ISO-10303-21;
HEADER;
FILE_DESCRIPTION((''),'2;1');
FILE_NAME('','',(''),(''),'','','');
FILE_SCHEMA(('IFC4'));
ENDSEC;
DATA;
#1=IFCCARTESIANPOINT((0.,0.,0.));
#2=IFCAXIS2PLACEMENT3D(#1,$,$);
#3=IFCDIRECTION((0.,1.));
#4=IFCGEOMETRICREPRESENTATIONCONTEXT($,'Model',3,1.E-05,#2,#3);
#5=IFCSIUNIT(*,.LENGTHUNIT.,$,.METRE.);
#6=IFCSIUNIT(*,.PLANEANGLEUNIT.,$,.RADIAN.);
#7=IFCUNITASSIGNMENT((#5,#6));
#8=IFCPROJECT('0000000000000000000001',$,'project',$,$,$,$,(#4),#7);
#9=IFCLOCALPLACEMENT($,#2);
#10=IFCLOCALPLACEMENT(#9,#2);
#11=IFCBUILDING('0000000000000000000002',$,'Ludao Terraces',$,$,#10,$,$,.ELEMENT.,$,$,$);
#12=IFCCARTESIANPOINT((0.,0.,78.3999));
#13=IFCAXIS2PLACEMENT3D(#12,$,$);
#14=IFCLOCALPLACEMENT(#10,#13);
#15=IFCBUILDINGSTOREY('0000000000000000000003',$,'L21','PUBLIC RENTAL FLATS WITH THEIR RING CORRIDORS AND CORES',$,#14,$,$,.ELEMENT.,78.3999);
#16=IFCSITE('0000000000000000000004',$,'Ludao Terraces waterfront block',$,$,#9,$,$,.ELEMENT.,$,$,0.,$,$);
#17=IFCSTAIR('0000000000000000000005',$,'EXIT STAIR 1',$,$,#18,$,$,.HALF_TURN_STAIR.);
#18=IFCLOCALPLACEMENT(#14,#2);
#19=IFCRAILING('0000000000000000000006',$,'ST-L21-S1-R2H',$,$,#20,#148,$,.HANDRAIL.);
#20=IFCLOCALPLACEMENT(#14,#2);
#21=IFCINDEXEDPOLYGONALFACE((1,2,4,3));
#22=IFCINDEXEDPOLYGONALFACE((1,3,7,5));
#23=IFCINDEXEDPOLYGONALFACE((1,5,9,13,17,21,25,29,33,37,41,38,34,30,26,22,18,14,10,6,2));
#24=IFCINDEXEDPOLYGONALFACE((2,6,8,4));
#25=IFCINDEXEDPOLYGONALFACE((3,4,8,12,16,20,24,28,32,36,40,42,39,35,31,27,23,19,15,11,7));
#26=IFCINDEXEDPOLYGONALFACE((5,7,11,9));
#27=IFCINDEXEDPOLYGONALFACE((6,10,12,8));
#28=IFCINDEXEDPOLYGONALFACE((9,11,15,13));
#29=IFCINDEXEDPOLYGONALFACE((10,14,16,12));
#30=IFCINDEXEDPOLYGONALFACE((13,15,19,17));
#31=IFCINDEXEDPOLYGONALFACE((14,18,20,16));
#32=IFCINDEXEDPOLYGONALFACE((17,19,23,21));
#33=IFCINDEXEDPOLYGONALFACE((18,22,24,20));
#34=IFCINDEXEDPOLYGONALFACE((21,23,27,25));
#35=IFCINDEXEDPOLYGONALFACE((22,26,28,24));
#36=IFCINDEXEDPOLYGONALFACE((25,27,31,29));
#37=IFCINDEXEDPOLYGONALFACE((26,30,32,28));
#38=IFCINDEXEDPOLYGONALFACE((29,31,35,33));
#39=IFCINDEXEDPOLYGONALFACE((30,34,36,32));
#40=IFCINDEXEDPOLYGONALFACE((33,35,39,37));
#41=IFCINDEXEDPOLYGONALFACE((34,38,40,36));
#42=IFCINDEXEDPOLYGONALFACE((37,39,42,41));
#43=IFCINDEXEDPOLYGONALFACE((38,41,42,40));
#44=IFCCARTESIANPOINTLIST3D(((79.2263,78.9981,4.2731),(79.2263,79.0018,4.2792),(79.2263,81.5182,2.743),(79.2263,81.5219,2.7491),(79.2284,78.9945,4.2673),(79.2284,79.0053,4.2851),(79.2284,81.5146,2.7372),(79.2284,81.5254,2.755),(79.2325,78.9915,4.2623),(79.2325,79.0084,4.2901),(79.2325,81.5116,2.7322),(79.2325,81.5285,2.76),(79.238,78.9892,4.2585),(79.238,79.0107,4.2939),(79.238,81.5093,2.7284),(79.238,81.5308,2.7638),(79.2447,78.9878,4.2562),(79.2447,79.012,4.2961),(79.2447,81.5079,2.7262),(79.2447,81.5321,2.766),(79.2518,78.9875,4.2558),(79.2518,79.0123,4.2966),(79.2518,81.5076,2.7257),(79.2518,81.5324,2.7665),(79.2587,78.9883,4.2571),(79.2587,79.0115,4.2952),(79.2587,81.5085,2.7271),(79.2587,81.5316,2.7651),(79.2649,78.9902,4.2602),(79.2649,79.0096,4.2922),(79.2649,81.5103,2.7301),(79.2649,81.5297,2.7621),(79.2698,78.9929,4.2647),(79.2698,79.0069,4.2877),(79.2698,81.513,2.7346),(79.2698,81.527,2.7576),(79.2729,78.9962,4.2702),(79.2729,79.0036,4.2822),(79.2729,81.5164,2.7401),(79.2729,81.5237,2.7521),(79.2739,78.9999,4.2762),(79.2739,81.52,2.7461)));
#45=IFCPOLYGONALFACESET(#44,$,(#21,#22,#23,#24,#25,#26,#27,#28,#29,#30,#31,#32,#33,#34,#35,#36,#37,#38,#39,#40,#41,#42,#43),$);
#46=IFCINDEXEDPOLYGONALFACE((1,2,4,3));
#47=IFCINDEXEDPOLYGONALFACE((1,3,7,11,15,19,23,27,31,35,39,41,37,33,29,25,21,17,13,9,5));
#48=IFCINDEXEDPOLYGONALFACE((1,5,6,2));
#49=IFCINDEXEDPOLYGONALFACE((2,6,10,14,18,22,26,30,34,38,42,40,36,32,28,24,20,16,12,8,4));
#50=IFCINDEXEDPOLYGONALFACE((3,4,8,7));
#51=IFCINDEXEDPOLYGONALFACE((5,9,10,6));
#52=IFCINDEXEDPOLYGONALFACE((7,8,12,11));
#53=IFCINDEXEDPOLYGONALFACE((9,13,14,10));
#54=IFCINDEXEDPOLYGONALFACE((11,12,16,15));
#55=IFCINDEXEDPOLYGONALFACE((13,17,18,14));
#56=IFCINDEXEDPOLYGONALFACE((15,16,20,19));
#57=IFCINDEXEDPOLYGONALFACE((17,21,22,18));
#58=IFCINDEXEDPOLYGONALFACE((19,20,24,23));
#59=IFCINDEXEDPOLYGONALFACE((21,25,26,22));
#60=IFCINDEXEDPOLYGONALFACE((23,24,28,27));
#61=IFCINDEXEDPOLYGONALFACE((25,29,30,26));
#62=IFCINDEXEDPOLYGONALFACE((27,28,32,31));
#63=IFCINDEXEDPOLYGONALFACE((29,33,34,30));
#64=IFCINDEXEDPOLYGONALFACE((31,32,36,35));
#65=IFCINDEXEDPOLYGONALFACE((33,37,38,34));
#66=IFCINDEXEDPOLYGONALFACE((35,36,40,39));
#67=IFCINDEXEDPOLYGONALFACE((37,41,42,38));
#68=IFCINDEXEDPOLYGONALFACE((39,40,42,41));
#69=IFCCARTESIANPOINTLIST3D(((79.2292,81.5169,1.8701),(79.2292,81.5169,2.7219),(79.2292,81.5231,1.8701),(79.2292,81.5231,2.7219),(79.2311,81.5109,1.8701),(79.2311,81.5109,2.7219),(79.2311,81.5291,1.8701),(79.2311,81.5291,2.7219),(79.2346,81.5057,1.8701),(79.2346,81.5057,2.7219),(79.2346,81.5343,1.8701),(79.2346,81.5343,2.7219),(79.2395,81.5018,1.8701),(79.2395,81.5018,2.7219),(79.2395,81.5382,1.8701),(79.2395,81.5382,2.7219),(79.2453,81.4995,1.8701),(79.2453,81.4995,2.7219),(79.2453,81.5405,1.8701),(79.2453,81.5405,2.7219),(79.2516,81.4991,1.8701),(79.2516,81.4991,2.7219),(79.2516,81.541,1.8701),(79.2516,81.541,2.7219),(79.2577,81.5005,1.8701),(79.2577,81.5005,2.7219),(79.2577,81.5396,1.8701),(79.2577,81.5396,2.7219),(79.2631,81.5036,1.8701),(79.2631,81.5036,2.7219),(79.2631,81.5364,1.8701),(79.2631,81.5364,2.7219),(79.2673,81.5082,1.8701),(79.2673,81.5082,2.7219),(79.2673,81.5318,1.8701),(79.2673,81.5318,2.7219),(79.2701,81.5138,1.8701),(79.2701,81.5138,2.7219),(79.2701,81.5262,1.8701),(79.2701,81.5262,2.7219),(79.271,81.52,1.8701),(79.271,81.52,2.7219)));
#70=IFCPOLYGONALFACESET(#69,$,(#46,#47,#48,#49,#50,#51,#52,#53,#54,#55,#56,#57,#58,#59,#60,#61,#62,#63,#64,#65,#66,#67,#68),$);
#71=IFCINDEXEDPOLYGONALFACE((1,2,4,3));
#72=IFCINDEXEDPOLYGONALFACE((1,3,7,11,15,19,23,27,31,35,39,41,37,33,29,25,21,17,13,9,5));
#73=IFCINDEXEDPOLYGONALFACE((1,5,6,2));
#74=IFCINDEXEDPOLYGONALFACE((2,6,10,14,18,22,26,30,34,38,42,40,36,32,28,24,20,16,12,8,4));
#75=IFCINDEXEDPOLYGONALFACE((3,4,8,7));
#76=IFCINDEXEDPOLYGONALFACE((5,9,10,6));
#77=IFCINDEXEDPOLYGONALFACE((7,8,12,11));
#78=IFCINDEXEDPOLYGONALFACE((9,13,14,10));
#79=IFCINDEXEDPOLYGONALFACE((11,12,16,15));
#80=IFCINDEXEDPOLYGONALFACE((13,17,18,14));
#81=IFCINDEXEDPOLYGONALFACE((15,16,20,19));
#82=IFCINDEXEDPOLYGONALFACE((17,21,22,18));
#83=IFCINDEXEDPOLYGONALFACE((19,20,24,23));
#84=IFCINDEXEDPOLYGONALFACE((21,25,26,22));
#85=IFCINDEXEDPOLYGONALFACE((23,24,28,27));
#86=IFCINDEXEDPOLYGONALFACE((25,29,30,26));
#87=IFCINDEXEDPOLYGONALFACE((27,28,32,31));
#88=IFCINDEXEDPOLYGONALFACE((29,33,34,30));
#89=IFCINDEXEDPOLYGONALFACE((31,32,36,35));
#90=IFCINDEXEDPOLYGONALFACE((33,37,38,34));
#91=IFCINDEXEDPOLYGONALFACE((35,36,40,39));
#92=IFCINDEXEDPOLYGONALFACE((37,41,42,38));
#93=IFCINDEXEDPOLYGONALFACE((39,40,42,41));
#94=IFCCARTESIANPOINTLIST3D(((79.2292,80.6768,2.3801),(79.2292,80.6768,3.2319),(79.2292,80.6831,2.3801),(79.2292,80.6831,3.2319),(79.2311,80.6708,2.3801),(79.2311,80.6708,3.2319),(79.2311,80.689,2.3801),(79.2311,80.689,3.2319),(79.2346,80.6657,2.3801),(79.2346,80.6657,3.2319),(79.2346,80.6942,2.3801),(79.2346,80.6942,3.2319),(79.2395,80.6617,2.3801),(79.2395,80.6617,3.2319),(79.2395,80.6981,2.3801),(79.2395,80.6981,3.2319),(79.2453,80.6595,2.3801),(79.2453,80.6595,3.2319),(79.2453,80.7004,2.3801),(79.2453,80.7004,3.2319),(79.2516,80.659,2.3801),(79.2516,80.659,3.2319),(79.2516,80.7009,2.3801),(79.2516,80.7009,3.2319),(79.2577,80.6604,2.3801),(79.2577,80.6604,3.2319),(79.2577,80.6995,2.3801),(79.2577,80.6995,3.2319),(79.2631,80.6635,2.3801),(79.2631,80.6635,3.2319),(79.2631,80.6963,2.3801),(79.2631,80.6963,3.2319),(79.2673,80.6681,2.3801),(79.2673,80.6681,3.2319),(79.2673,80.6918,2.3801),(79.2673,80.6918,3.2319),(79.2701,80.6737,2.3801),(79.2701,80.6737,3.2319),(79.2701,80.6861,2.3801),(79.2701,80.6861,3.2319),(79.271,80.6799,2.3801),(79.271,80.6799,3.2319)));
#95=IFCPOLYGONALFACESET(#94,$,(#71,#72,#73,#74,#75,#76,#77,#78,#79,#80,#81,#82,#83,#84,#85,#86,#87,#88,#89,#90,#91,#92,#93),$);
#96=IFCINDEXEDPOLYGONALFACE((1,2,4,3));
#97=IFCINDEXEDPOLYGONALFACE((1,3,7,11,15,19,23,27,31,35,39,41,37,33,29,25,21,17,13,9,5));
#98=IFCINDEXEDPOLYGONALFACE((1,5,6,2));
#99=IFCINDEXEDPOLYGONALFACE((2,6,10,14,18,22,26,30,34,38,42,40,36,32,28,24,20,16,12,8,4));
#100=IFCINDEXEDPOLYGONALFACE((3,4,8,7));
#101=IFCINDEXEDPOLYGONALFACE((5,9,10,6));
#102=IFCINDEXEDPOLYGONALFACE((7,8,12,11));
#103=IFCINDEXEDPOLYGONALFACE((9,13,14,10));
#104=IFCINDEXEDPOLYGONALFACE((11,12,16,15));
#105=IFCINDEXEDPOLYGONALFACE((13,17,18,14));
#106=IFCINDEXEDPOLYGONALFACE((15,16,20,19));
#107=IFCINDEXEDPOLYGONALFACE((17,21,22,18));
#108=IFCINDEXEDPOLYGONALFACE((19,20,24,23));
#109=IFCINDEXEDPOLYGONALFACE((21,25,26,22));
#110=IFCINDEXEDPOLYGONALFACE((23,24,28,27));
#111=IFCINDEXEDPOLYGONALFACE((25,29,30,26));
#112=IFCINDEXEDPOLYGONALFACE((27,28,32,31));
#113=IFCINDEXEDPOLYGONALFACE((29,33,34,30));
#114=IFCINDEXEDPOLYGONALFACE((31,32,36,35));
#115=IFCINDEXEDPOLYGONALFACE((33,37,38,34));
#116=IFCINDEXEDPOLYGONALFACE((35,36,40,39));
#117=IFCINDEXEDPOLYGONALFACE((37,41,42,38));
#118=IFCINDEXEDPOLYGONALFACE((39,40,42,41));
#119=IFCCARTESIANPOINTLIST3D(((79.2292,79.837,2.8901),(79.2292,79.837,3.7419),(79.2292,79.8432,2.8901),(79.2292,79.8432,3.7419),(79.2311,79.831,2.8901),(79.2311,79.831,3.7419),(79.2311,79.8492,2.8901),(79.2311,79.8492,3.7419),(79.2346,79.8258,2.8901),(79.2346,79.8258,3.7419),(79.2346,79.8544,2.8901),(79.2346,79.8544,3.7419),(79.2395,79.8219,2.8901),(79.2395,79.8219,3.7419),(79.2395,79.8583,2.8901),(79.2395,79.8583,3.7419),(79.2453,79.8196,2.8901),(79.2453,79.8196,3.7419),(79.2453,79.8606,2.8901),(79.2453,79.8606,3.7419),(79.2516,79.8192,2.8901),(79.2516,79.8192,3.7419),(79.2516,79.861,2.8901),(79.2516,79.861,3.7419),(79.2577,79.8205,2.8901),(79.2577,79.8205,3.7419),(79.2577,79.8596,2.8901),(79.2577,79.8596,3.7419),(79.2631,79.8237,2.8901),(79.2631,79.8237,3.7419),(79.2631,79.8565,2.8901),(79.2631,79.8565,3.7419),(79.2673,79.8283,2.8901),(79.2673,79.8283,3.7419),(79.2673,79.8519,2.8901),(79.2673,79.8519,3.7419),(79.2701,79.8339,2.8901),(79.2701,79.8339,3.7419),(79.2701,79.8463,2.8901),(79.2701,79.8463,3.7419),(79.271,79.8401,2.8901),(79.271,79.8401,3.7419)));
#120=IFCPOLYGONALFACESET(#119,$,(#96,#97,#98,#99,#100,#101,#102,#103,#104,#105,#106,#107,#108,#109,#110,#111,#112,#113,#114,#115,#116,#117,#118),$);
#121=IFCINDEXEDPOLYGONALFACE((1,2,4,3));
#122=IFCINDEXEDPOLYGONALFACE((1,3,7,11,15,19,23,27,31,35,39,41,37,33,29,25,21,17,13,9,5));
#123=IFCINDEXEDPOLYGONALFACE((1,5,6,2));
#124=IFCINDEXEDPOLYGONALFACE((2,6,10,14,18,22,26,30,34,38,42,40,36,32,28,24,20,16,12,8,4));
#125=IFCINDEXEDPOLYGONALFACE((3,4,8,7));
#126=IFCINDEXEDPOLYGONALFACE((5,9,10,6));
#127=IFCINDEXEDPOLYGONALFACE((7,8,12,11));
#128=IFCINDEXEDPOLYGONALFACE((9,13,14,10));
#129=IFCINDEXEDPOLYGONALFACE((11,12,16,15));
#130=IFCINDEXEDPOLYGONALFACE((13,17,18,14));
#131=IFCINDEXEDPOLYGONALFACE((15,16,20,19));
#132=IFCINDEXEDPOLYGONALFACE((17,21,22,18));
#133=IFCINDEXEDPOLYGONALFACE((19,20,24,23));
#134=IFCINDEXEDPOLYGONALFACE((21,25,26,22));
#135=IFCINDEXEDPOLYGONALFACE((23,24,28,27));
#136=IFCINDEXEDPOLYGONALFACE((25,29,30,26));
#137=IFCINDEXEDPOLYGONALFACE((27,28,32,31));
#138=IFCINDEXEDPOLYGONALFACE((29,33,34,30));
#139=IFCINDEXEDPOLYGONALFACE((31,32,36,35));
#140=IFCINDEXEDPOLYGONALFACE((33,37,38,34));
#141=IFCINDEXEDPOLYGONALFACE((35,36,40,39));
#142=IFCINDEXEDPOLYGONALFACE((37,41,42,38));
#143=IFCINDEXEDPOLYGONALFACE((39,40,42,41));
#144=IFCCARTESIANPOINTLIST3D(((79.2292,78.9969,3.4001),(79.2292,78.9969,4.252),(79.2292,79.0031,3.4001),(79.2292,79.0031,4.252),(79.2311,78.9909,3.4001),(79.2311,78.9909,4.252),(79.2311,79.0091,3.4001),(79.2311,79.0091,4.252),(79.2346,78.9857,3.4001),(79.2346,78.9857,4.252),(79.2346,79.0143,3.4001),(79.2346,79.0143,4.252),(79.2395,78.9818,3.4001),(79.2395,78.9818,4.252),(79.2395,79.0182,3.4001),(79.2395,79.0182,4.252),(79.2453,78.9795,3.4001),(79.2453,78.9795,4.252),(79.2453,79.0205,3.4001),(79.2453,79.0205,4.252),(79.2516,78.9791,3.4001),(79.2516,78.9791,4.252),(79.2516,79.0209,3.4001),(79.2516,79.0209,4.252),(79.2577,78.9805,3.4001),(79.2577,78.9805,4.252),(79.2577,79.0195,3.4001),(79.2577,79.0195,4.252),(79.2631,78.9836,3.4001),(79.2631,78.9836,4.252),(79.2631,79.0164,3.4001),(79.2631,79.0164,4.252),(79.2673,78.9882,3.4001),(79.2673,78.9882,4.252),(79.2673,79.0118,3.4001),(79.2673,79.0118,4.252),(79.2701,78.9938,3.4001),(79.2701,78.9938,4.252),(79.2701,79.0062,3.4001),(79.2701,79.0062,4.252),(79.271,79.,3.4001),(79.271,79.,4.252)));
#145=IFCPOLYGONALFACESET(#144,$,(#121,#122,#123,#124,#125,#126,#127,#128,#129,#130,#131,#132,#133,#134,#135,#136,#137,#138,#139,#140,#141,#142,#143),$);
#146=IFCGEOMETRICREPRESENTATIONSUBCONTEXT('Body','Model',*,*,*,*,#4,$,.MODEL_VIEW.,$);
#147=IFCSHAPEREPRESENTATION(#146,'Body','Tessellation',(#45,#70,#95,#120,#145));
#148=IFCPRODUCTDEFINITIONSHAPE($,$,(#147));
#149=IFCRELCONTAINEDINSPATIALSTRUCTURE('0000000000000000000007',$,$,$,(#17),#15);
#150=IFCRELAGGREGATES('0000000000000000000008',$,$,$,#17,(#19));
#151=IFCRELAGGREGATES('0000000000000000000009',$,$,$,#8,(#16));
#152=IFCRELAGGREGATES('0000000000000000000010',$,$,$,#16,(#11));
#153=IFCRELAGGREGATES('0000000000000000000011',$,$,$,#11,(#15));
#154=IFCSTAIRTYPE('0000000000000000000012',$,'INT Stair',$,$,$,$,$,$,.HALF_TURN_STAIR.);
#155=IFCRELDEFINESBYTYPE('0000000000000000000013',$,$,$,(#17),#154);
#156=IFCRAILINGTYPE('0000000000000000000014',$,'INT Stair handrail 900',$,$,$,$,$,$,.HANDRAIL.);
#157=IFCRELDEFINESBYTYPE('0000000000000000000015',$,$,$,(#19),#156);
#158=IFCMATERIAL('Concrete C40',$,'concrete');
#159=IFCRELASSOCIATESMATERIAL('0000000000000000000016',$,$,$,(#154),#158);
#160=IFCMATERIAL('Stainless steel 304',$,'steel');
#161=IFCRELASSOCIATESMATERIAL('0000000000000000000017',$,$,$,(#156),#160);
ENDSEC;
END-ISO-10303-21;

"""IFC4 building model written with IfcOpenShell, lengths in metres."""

from ifc_helpers import new_model, si_unit, direction, frame, origin, origin_2d, place, context, subcontext, project, spatial, circle, extrude, material, type_object, element, aggregate, save


model = new_model("IFC4")

# Units and contexts
model_context = context("Model", 3, precision=1e-05, world=origin(), true_north=direction((0.0, 1.0)))
body_context = subcontext(model_context, "Body", "Model", "MODEL_VIEW")
ifc_project = project(units=[si_unit("LENGTHUNIT", "METRE"), si_unit("PLANEANGLEUNIT", "RADIAN")], contexts=[model_context])

# Site, building, storey
site_placement = place(None, origin())
site = spatial("IfcSite", under=ifc_project, at=site_placement, Name="Ludao Terraces waterfront block", CompositionType="ELEMENT", RefElevation=0.0)
building_placement = place(site_placement, origin())
building = spatial("IfcBuilding", under=site, at=building_placement, Name="Ludao Terraces", CompositionType="ELEMENT")
storey_placement = place(building_placement, frame((0.0, 0.0, 78.3999)))
storey = spatial("IfcBuildingStorey", under=building, at=storey_placement, Name="L21", Description="PUBLIC RENTAL FLATS WITH THEIR RING CORRIDORS AND CORES", CompositionType="ELEMENT", Elevation=78.3999)

# Shared definitions
ifc_material_1 = material(Name="Stainless steel 304", Category="steel")

# Stair, railing
ifc_material_2 = material(Name="Concrete C40", Category="concrete")
stair_type = type_object("IfcStairType", Name="INT Stair", PredefinedType="HALF_TURN_STAIR", material=ifc_material_2)
stair_placement = place(storey_placement, origin())
stair = element("IfcStair", 1, at=stair_placement, inside=storey, type_object=stair_type, Name="EXIT STAIR 1", PredefinedType="HALF_TURN_STAIR")
railing_type_1 = type_object("IfcRailingType", Name="INT Stair handrail 900", PredefinedType="HANDRAIL", material=ifc_material_1)
railing_1_placement = place(storey_placement, frame((79.25, 81.52, 1.8701)))
railing_1 = element("IfcRailing", 2, at=railing_1_placement, type_object=railing_type_1, Name="ST-L21-S1-R2H", PredefinedType="HANDRAIL", context=body_context, shape_type="SweptSolid", body=[
    extrude(circle(Radius=0.0239, at=origin_2d()), frame((0.0, 0.0, 0.876), z_axis=(0.0, -0.854785, 0.518982), x_axis=(1.0, 0.0, 0.0)), (0.0, 0.0, 1.0), 2.9482),
    extrude(circle(Radius=0.021, at=origin_2d()), origin(), (0.0, 0.0, 1.0), 0.8518),
    extrude(circle(Radius=0.021, at=origin_2d()), frame((0.0, -0.8401, 0.51)), (0.0, 0.0, 1.0), 0.8518),
    extrude(circle(Radius=0.021, at=origin_2d()), frame((0.0, -1.6799, 1.02)), (0.0, 0.0, 1.0), 0.8518),
    extrude(circle(Radius=0.021, at=origin_2d()), frame((0.0, -2.52, 1.53)), (0.0, 0.0, 1.0), 0.8518),
])
aggregate(stair, [railing_1])

save(model, "model.ifc")
